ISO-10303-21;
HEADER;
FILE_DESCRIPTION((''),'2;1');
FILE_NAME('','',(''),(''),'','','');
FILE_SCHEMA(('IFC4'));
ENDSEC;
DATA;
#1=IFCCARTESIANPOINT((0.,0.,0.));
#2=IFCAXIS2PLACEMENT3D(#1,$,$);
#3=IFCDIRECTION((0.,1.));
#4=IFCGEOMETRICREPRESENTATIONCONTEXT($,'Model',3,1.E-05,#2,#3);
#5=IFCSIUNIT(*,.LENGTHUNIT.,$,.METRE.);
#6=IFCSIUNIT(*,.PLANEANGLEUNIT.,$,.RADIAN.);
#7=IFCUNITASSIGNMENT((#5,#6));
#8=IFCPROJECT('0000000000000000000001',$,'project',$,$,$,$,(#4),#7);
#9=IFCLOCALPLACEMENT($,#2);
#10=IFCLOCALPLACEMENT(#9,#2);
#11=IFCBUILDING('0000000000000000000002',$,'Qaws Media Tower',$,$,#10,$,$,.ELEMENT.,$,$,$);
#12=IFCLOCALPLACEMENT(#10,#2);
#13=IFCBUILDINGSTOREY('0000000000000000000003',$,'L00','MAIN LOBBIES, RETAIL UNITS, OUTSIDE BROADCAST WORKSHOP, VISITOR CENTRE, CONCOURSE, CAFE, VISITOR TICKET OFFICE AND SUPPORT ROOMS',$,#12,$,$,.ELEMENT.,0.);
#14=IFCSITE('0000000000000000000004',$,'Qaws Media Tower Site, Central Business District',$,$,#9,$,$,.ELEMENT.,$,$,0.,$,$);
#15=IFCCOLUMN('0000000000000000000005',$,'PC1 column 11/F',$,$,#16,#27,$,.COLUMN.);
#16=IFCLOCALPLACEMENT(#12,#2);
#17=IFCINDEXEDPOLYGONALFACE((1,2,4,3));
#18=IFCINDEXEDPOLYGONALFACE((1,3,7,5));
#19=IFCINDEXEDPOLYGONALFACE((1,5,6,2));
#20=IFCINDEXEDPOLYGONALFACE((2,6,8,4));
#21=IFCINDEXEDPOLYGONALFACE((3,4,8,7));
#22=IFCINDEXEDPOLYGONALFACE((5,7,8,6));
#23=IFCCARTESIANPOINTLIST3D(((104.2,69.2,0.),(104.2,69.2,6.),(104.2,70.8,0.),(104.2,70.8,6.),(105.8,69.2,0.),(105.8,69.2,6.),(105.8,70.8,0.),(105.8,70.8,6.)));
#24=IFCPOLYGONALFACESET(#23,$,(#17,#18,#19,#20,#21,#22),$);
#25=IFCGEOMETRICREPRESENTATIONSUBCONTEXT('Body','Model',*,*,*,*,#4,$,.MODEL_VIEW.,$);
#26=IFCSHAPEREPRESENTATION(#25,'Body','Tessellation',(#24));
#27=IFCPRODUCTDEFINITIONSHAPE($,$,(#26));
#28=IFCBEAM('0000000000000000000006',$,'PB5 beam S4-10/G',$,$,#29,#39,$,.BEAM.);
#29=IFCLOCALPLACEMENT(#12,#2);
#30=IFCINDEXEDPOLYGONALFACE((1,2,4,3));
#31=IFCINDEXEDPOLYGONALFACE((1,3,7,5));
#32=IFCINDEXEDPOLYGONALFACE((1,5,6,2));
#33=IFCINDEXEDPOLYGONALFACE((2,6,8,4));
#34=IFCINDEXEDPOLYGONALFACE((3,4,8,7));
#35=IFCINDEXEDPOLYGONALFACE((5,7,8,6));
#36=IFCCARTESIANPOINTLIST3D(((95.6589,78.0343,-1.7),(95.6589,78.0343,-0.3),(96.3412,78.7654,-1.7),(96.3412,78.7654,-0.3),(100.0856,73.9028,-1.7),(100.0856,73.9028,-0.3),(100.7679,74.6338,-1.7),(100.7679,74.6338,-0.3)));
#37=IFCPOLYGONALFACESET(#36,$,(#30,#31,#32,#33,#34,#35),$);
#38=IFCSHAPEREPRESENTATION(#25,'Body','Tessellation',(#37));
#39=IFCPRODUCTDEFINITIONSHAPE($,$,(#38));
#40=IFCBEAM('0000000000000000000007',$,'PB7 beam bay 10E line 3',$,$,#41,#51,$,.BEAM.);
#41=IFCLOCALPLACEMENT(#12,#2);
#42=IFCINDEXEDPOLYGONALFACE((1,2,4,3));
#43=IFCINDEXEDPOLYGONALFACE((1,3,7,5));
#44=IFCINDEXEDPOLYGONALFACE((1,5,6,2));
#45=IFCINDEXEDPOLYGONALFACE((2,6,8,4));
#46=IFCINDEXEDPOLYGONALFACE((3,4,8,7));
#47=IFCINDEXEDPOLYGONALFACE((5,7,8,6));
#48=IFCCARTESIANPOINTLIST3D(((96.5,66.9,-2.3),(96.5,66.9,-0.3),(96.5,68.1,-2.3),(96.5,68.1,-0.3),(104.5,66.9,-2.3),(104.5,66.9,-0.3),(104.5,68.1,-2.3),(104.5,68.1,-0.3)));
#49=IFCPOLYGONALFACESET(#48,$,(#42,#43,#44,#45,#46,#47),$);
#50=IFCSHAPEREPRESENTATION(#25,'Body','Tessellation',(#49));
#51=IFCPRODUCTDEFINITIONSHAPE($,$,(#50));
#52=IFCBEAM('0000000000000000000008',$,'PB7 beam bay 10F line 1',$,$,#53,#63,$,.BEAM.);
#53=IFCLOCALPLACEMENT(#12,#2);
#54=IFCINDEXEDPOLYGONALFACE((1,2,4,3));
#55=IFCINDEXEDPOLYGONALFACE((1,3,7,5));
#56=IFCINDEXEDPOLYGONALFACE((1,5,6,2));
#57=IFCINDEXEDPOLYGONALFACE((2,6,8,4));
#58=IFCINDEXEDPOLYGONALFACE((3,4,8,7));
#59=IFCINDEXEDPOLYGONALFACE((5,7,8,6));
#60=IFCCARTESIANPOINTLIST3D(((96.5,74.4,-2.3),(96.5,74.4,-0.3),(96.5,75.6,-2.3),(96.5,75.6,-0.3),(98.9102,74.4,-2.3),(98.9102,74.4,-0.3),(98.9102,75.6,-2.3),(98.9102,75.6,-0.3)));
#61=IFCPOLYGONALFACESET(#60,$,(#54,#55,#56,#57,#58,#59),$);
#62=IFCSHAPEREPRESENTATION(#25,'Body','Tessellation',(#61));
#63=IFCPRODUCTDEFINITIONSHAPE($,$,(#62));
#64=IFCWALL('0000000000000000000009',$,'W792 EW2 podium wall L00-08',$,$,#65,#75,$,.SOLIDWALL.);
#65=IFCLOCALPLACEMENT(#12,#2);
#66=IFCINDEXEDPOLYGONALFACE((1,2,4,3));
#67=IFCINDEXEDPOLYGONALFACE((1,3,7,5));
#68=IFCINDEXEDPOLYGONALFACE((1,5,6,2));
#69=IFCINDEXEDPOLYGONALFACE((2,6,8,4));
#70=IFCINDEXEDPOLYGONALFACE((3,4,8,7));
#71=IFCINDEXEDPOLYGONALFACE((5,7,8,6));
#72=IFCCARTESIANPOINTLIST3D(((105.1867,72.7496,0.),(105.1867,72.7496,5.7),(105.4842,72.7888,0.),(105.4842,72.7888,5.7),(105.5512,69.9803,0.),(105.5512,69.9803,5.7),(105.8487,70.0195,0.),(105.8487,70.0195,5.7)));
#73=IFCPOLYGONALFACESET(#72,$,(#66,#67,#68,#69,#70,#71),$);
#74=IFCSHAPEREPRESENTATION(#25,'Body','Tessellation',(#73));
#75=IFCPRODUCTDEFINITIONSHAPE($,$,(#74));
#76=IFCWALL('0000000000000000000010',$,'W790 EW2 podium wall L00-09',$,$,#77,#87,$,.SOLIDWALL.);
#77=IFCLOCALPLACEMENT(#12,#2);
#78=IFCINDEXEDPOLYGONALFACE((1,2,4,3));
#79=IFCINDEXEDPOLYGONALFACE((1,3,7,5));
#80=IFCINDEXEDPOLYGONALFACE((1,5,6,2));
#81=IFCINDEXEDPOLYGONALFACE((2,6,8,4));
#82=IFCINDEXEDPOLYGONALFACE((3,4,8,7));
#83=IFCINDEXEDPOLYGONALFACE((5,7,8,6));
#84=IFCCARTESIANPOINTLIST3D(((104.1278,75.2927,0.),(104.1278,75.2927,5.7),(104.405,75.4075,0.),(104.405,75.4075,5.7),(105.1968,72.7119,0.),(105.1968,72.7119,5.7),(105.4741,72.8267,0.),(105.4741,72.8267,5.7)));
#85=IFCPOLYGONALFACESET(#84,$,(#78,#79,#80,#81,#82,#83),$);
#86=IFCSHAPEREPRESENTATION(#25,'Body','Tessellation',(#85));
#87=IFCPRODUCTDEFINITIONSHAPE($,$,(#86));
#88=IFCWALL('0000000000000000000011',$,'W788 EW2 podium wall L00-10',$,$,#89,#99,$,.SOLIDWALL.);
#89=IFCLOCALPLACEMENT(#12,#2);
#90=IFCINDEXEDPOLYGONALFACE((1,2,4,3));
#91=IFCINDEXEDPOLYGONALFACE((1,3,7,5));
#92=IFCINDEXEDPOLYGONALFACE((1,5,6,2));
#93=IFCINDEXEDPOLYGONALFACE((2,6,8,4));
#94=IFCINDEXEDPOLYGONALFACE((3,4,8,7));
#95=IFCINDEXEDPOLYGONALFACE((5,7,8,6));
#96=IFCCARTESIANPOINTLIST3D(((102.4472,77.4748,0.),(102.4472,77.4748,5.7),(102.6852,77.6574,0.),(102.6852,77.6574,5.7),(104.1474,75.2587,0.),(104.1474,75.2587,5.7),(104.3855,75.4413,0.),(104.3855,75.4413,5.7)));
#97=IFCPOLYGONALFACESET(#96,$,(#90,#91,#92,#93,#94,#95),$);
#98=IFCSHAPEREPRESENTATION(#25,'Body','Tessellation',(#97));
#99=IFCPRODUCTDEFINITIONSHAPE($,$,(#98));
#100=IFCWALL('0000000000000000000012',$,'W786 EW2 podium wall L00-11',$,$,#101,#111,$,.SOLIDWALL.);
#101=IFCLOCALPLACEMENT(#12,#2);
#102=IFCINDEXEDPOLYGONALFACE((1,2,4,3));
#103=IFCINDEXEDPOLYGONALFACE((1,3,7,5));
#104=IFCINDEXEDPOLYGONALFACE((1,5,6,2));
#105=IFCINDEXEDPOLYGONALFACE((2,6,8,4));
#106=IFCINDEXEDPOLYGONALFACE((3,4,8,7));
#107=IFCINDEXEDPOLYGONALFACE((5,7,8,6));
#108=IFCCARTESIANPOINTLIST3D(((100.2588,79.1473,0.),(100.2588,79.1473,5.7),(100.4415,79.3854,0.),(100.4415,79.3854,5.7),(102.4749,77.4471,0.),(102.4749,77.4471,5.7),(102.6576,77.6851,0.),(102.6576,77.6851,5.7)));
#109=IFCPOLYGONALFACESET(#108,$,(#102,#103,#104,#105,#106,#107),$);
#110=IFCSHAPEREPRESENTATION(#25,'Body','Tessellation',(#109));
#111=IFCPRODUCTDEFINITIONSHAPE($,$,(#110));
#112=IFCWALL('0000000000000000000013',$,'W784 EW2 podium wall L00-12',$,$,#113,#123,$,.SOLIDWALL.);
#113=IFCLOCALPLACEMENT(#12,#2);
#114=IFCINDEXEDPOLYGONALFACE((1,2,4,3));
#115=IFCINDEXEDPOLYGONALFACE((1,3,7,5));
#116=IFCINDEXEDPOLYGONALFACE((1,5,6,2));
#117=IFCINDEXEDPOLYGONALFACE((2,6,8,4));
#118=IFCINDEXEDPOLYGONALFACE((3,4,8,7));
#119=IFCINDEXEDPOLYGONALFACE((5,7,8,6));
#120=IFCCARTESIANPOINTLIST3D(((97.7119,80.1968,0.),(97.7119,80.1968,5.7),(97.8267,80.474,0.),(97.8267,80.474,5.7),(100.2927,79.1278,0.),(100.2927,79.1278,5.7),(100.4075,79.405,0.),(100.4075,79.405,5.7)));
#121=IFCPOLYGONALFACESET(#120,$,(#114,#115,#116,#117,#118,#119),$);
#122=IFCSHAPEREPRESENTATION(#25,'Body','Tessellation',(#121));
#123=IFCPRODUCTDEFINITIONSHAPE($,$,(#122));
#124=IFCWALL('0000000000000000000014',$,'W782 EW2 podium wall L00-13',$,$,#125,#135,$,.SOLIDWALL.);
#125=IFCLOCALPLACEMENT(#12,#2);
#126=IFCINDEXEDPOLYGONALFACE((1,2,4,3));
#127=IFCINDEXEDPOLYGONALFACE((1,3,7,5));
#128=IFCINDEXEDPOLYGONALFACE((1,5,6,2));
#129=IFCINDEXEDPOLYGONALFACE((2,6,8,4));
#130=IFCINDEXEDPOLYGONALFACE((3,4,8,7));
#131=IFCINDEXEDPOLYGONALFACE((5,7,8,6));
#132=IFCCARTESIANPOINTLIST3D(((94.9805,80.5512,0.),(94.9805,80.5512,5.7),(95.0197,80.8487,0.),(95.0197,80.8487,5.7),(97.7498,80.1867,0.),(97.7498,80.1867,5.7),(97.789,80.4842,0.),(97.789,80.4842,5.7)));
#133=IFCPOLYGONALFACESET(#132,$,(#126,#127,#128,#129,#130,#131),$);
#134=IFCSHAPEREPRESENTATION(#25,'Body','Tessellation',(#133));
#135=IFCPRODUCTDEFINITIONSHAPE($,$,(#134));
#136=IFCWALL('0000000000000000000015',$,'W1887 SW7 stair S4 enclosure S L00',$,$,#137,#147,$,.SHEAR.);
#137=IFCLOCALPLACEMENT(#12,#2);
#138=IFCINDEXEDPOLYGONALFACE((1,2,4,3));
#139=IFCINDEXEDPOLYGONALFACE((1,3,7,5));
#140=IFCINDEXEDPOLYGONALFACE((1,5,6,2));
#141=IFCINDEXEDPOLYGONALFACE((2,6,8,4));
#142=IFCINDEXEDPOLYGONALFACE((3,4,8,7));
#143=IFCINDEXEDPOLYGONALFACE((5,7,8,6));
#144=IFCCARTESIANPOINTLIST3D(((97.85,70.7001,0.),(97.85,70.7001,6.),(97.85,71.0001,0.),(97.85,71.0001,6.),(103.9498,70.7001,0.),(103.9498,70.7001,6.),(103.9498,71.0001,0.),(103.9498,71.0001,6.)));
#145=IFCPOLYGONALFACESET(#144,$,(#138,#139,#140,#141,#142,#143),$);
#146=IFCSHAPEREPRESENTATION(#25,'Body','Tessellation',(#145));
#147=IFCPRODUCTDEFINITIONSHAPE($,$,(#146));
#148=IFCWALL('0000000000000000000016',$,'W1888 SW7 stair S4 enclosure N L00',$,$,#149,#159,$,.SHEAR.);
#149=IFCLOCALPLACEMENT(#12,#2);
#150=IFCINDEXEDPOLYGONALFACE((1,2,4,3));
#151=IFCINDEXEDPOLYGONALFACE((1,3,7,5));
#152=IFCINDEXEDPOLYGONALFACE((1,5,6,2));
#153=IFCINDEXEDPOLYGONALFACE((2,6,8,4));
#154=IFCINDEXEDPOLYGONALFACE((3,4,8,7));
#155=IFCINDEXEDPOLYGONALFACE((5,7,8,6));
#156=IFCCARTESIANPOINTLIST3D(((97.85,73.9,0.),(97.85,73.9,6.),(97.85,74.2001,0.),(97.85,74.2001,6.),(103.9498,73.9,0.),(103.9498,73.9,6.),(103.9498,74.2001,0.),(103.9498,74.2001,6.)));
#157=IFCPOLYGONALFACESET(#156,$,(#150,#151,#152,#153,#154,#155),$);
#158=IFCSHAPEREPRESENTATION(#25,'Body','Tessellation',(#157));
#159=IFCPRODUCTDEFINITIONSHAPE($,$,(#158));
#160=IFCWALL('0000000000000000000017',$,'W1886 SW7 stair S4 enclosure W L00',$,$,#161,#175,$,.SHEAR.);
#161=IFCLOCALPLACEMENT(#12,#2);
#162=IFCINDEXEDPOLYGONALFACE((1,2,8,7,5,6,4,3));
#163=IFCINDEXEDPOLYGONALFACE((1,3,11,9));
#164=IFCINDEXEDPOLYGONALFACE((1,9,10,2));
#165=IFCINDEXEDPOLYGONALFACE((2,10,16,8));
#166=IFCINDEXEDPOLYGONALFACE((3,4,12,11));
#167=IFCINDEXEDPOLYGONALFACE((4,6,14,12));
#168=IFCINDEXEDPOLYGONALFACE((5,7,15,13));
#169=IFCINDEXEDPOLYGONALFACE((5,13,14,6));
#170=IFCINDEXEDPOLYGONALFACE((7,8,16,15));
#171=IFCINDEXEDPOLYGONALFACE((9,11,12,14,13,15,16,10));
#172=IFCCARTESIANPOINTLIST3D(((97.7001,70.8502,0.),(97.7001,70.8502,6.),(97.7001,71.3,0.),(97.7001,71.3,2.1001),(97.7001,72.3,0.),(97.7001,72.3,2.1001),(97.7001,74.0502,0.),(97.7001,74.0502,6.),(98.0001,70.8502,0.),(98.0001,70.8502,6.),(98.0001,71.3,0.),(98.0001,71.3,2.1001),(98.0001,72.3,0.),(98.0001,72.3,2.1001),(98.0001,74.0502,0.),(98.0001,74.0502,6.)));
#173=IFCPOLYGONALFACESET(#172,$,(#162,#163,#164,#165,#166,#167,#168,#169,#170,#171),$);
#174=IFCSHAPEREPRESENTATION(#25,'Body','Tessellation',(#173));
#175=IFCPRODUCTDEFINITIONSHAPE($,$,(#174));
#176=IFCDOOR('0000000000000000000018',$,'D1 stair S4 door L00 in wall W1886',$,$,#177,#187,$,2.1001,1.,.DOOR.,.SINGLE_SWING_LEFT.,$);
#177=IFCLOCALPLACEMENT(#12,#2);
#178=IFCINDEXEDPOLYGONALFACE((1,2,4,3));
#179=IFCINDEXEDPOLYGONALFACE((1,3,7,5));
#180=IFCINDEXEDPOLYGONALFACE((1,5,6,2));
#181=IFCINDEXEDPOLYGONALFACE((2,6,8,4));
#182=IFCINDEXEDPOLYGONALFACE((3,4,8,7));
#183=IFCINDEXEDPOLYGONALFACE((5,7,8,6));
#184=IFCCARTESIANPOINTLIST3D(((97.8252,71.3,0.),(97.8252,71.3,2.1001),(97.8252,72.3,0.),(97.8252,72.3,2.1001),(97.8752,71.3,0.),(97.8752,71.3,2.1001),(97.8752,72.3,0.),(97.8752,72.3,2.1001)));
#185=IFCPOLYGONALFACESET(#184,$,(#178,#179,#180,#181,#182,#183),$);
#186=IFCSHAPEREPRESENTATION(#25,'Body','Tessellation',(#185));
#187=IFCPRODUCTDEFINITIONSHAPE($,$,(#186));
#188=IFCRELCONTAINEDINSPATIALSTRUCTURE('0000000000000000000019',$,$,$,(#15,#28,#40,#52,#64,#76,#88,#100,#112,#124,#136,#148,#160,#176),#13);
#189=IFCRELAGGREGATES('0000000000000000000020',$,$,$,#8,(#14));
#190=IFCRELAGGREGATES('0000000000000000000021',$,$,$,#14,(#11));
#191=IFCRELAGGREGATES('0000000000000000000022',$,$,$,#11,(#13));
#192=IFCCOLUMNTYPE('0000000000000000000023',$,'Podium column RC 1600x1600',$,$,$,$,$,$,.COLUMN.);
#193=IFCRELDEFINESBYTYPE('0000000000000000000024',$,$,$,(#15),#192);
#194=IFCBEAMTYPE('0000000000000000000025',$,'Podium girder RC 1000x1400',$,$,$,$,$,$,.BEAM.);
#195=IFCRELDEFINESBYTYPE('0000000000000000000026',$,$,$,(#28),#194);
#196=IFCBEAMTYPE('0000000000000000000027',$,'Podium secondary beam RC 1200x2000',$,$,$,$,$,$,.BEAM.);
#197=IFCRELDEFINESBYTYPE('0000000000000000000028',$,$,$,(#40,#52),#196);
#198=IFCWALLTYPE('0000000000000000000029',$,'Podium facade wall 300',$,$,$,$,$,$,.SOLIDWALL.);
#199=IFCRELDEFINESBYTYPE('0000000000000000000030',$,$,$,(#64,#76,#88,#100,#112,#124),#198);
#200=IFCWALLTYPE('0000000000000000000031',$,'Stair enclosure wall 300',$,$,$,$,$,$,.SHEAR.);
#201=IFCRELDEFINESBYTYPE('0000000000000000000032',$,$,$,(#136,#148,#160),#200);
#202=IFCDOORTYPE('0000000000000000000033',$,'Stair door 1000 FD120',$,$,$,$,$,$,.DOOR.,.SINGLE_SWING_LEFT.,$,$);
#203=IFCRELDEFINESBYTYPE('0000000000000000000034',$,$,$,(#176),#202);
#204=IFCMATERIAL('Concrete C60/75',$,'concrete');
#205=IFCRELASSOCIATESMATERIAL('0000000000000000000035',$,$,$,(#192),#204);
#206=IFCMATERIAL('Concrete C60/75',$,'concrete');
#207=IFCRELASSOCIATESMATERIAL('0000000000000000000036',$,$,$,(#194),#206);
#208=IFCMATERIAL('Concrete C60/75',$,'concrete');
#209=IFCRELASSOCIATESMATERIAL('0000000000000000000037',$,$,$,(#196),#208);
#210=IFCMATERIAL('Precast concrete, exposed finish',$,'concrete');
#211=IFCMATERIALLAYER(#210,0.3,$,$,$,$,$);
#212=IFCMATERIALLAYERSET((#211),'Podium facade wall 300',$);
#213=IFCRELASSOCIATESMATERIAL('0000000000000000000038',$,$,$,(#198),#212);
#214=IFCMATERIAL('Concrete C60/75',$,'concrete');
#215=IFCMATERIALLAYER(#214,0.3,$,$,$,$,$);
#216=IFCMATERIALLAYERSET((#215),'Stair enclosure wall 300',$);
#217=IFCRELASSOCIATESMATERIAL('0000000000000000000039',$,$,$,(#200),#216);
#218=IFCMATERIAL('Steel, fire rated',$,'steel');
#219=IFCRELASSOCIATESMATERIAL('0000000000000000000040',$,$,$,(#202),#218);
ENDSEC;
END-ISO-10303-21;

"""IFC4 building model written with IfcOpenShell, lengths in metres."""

from ifc_helpers import new_model, si_unit, direction, frame, frame_2d, origin, origin_2d, place, context, subcontext, project, spatial, rectangle, extrude, material, layer, layer_set, material_profile, profile_set, type_object, element, fill, save


model = new_model("IFC4")

# Units and contexts
model_context = context("Model", 3, precision=1e-05, world=origin(), true_north=direction((0.0, 1.0)))
body_context = subcontext(model_context, "Body", "Model", "MODEL_VIEW")
ifc_project = project(units=[si_unit("LENGTHUNIT", "METRE"), si_unit("PLANEANGLEUNIT", "RADIAN")], contexts=[model_context])

# Site, building, storey
site_placement = place(None, origin())
site = spatial("IfcSite", under=ifc_project, at=site_placement, Name="Qaws Media Tower Site, Central Business District", CompositionType="ELEMENT", RefElevation=0.0)
building_placement = place(site_placement, origin())
building = spatial("IfcBuilding", under=site, at=building_placement, Name="Qaws Media Tower", CompositionType="ELEMENT")
storey_placement = place(building_placement, origin())
storey = spatial("IfcBuildingStorey", under=building, at=storey_placement, Name="L00", Description="MAIN LOBBIES, RETAIL UNITS, OUTSIDE BROADCAST WORKSHOP, VISITOR CENTRE, CONCOURSE, CAFE, VISITOR TICKET OFFICE AND SUPPORT ROOMS", CompositionType="ELEMENT", Elevation=0.0)

# Column
ifc_material_1 = material(Name="Concrete C60/75", Category="concrete")
ifc_material_profile_1 = material_profile(ifc_material_1, rectangle(XDim=1.6001, YDim=1.6001, at=origin_2d()), Name="RC 1600x1600")
ifc_profile_set_1 = profile_set([ifc_material_profile_1], Name="Concrete C60/75")
column_type = type_object("IfcColumnType", Name="Podium column RC 1600x1600", PredefinedType="COLUMN", material=ifc_profile_set_1)
column_placement = place(storey_placement, frame((105.0, 70.0, 0.0), z_axis=(0.0, 0.0, 1.0), x_axis=(1.0, 0.0, 0.0)))
element("IfcColumn", 1, at=column_placement, inside=storey, type_object=column_type, Name="PC1 column 11/F", PredefinedType="COLUMN", context=body_context, shape_type="SweptSolid", body=[
    extrude(rectangle(XDim=1.6001, YDim=1.6001, at=origin_2d()), origin(), (0.0, 0.0, 1.0), 6.0),
])

# Beams
ifc_material_2 = material(Name="Concrete C60/75", Category="concrete")
ifc_material_profile_2 = material_profile(ifc_material_2, rectangle(XDim=1.0, YDim=1.3999, at=origin_2d()), Name="RC 1000x1400")
ifc_profile_set_2 = profile_set([ifc_material_profile_2], Name="Concrete C60/75")
beam_type_1 = type_object("IfcBeamType", Name="Podium girder RC 1000x1400", PredefinedType="BEAM", material=ifc_profile_set_2)
beam_1_placement = place(storey_placement, frame((100.4268, 74.2683, -1.0), z_axis=(-0.731059, 0.682314, 0.0), x_axis=(-0.682314, -0.731059, 0.0)))
element("IfcBeam", 2, at=beam_1_placement, inside=storey, type_object=beam_type_1, Name="PB5 beam S4-10/G", PredefinedType="BEAM", context=body_context, shape_type="SweptSolid", body=[
    extrude(rectangle(XDim=1.0, YDim=1.3999, at=origin_2d()), origin(), (0.0, 0.0, 1.0), 6.0552),
])
ifc_material_3 = material(Name="Concrete C60/75", Category="concrete")
ifc_material_profile_3 = material_profile(ifc_material_3, rectangle(XDim=1.2, YDim=2.0, at=origin_2d()), Name="RC 1200x2000")
ifc_profile_set_3 = profile_set([ifc_material_profile_3], Name="Concrete C60/75")
beam_type_2 = type_object("IfcBeamType", Name="Podium secondary beam RC 1200x2000", PredefinedType="BEAM", material=ifc_profile_set_3)
beam_2_placement = place(storey_placement, frame((96.5, 67.5, -1.3), z_axis=(1.0, 0.0, 0.0), x_axis=(0.0, 1.0, 0.0)))
element("IfcBeam", 3, at=beam_2_placement, inside=storey, type_object=beam_type_2, Name="PB7 beam bay 10E line 3", PredefinedType="BEAM", context=body_context, shape_type="SweptSolid", body=[
    extrude(rectangle(XDim=1.2, YDim=2.0, at=origin_2d()), origin(), (0.0, 0.0, 1.0), 8.0),
])
beam_3_placement = place(storey_placement, frame((96.5, 75.0, -1.3), z_axis=(1.0, 0.0, 0.0), x_axis=(0.0, 1.0, 0.0)))
element("IfcBeam", 4, at=beam_3_placement, inside=storey, type_object=beam_type_2, Name="PB7 beam bay 10F line 1", PredefinedType="BEAM", context=body_context, shape_type="SweptSolid", body=[
    extrude(rectangle(XDim=1.2, YDim=2.0, at=origin_2d()), origin(), (0.0, 0.0, 1.0), 2.4102),
])

# Walls
ifc_material_4 = material(Name="Precast concrete, exposed finish", Category="concrete")
ifc_layer_1 = layer(ifc_material_4, 0.3)
ifc_layer_set_1 = layer_set([ifc_layer_1], Name="Podium facade wall 300")
wall_type_1 = type_object("IfcWallType", Name="Podium facade wall 300", PredefinedType="SOLIDWALL", material=ifc_layer_set_1)
wall_1_placement = place(storey_placement, frame((105.7, 70.0, 0.0), z_axis=(0.0, 0.0, 1.0), x_axis=(-0.130497, 0.991449, 0.0)))
element("IfcWall", 5, at=wall_1_placement, inside=storey, type_object=wall_type_1, Name="W792 EW2 podium wall L00-08", PredefinedType="SOLIDWALL", context=body_context, shape_type="SweptSolid", body=[
    extrude(rectangle(XDim=2.7932, YDim=0.3, at=frame_2d((1.3965, 0.0))), origin(), (0.0, 0.0, 1.0), 5.7),
])
wall_2_placement = place(storey_placement, frame((105.3354, 72.7693, 0.0), z_axis=(0.0, 0.0, 1.0), x_axis=(-0.382709, 0.923869, 0.0)))
element("IfcWall", 6, at=wall_2_placement, inside=storey, type_object=wall_type_1, Name="W790 EW2 podium wall L00-09", PredefinedType="SOLIDWALL", context=body_context, shape_type="SweptSolid", body=[
    extrude(rectangle(XDim=2.7935, YDim=0.3, at=frame_2d((1.3967, 0.0))), origin(), (0.0, 0.0, 1.0), 5.7),
])
for number, where, z_axis, x_axis, name in (
    (7, (104.2664, 75.3501, 0.0), (0.0, 0.0, 1.0), (-0.608705, 0.793397, 0.0), "W788 EW2 podium wall L00-10"),
    (8, (102.5662, 77.5662, 0.0), (0.0, 0.0, 1.0), (-0.793397, 0.608705, 0.0), "W786 EW2 podium wall L00-11"),
):
    element("IfcWall", number, at=place(storey_placement, frame(where, z_axis=z_axis, x_axis=x_axis)), inside=storey, type_object=wall_type_1, Name=name, PredefinedType="SOLIDWALL", context=body_context, shape_type="SweptSolid", body=[
        extrude(rectangle(XDim=2.7932, YDim=0.3, at=frame_2d((1.3965, 0.0))), origin(), (0.0, 0.0, 1.0), 5.7),
    ])
wall_3_placement = place(storey_placement, frame((100.3501, 79.2664, 0.0), z_axis=(0.0, 0.0, 1.0), x_axis=(-0.923869, 0.382709, 0.0)))
element("IfcWall", 9, at=wall_3_placement, inside=storey, type_object=wall_type_1, Name="W784 EW2 podium wall L00-12", PredefinedType="SOLIDWALL", context=body_context, shape_type="SweptSolid", body=[
    extrude(rectangle(XDim=2.7935, YDim=0.3, at=frame_2d((1.3967, 0.0))), origin(), (0.0, 0.0, 1.0), 5.7),
])
wall_4_placement = place(storey_placement, frame((97.7693, 80.3354, 0.0), z_axis=(0.0, 0.0, 1.0), x_axis=(-0.991449, 0.130497, 0.0)))
element("IfcWall", 10, at=wall_4_placement, inside=storey, type_object=wall_type_1, Name="W782 EW2 podium wall L00-13", PredefinedType="SOLIDWALL", context=body_context, shape_type="SweptSolid", body=[
    extrude(rectangle(XDim=2.7932, YDim=0.3, at=frame_2d((1.3965, 0.0))), origin(), (0.0, 0.0, 1.0), 5.7),
])
ifc_material_5 = material(Name="Concrete C60/75", Category="concrete")
ifc_layer_2 = layer(ifc_material_5, 0.3)
ifc_layer_set_2 = layer_set([ifc_layer_2], Name="Stair enclosure wall 300")
wall_type_2 = type_object("IfcWallType", Name="Stair enclosure wall 300", PredefinedType="SHEAR", material=ifc_layer_set_2)
for number, where, z_axis, x_axis, name in (
    (11, (97.8501, 70.8501, 0.0), (0.0, 0.0, 1.0), (1.0, 0.0, 0.0), "W1887 SW7 stair S4 enclosure S L00"),
    (12, (97.8501, 74.05, 0.0), (0.0, 0.0, 1.0), (1.0, 0.0, 0.0), "W1888 SW7 stair S4 enclosure N L00"),
):
    element("IfcWall", number, at=place(storey_placement, frame(where, z_axis=z_axis, x_axis=x_axis)), inside=storey, type_object=wall_type_2, Name=name, PredefinedType="SHEAR", context=body_context, shape_type="SweptSolid", body=[
        extrude(rectangle(XDim=6.0999, YDim=0.3, at=frame_2d((3.0498, 0.0))), origin(), (0.0, 0.0, 1.0), 6.0),
    ])

# Wall, opening, door
wall_5_placement = place(storey_placement, frame((97.8501, 70.8501, 0.0), z_axis=(0.0, 0.0, 1.0), x_axis=(0.0, 1.0, 0.0)))
wall_5 = element("IfcWall", 13, at=wall_5_placement, inside=storey, type_object=wall_type_2, Name="W1886 SW7 stair S4 enclosure W L00", PredefinedType="SHEAR", context=body_context, shape_type="SweptSolid", body=[
    extrude(rectangle(XDim=3.2, YDim=0.3, at=frame_2d((1.6001, 0.0))), origin(), (0.0, 0.0, 1.0), 6.0),
])
opening_placement = place(wall_5_placement, frame((0.45, 0.0, 0.0)))
opening = element("IfcOpeningElement", 14, at=opening_placement, cuts=wall_5, PredefinedType="OPENING", context=body_context, shape_type="SweptSolid", body=[
    extrude(rectangle(XDim=1.0, YDim=2.1001, at=frame_2d((0.5, 1.05))), frame((0.0, 0.1599, 0.0), z_axis=(0.0, -1.0, 0.0), x_axis=(1.0, 0.0, 0.0)), (0.0, 0.0, 1.0), 0.3201),
])
ifc_material_6 = material(Name="Steel, fire rated", Category="steel")
door_type = type_object("IfcDoorType", Name="Stair door 1000 FD120", OperationType="SINGLE_SWING_LEFT", PredefinedType="DOOR", material=ifc_material_6)
door_placement = place(opening_placement, origin())
door = element("IfcDoor", 15, at=door_placement, inside=storey, type_object=door_type, Name="D1 stair S4 door L00 in wall W1886", OperationType="SINGLE_SWING_LEFT", OverallHeight=2.1001, OverallWidth=1.0, PredefinedType="DOOR", context=body_context, shape_type="SweptSolid", body=[
    extrude(rectangle(XDim=1.0, YDim=2.1001, at=frame_2d((0.5, 1.05))), frame((0.0, 0.0249, 0.0), z_axis=(0.0, -1.0, 0.0), x_axis=(1.0, 0.0, 0.0)), (0.0, 0.0, 1.0), 0.05),
])
fill(opening, door)

save(model, "model.ifc")
